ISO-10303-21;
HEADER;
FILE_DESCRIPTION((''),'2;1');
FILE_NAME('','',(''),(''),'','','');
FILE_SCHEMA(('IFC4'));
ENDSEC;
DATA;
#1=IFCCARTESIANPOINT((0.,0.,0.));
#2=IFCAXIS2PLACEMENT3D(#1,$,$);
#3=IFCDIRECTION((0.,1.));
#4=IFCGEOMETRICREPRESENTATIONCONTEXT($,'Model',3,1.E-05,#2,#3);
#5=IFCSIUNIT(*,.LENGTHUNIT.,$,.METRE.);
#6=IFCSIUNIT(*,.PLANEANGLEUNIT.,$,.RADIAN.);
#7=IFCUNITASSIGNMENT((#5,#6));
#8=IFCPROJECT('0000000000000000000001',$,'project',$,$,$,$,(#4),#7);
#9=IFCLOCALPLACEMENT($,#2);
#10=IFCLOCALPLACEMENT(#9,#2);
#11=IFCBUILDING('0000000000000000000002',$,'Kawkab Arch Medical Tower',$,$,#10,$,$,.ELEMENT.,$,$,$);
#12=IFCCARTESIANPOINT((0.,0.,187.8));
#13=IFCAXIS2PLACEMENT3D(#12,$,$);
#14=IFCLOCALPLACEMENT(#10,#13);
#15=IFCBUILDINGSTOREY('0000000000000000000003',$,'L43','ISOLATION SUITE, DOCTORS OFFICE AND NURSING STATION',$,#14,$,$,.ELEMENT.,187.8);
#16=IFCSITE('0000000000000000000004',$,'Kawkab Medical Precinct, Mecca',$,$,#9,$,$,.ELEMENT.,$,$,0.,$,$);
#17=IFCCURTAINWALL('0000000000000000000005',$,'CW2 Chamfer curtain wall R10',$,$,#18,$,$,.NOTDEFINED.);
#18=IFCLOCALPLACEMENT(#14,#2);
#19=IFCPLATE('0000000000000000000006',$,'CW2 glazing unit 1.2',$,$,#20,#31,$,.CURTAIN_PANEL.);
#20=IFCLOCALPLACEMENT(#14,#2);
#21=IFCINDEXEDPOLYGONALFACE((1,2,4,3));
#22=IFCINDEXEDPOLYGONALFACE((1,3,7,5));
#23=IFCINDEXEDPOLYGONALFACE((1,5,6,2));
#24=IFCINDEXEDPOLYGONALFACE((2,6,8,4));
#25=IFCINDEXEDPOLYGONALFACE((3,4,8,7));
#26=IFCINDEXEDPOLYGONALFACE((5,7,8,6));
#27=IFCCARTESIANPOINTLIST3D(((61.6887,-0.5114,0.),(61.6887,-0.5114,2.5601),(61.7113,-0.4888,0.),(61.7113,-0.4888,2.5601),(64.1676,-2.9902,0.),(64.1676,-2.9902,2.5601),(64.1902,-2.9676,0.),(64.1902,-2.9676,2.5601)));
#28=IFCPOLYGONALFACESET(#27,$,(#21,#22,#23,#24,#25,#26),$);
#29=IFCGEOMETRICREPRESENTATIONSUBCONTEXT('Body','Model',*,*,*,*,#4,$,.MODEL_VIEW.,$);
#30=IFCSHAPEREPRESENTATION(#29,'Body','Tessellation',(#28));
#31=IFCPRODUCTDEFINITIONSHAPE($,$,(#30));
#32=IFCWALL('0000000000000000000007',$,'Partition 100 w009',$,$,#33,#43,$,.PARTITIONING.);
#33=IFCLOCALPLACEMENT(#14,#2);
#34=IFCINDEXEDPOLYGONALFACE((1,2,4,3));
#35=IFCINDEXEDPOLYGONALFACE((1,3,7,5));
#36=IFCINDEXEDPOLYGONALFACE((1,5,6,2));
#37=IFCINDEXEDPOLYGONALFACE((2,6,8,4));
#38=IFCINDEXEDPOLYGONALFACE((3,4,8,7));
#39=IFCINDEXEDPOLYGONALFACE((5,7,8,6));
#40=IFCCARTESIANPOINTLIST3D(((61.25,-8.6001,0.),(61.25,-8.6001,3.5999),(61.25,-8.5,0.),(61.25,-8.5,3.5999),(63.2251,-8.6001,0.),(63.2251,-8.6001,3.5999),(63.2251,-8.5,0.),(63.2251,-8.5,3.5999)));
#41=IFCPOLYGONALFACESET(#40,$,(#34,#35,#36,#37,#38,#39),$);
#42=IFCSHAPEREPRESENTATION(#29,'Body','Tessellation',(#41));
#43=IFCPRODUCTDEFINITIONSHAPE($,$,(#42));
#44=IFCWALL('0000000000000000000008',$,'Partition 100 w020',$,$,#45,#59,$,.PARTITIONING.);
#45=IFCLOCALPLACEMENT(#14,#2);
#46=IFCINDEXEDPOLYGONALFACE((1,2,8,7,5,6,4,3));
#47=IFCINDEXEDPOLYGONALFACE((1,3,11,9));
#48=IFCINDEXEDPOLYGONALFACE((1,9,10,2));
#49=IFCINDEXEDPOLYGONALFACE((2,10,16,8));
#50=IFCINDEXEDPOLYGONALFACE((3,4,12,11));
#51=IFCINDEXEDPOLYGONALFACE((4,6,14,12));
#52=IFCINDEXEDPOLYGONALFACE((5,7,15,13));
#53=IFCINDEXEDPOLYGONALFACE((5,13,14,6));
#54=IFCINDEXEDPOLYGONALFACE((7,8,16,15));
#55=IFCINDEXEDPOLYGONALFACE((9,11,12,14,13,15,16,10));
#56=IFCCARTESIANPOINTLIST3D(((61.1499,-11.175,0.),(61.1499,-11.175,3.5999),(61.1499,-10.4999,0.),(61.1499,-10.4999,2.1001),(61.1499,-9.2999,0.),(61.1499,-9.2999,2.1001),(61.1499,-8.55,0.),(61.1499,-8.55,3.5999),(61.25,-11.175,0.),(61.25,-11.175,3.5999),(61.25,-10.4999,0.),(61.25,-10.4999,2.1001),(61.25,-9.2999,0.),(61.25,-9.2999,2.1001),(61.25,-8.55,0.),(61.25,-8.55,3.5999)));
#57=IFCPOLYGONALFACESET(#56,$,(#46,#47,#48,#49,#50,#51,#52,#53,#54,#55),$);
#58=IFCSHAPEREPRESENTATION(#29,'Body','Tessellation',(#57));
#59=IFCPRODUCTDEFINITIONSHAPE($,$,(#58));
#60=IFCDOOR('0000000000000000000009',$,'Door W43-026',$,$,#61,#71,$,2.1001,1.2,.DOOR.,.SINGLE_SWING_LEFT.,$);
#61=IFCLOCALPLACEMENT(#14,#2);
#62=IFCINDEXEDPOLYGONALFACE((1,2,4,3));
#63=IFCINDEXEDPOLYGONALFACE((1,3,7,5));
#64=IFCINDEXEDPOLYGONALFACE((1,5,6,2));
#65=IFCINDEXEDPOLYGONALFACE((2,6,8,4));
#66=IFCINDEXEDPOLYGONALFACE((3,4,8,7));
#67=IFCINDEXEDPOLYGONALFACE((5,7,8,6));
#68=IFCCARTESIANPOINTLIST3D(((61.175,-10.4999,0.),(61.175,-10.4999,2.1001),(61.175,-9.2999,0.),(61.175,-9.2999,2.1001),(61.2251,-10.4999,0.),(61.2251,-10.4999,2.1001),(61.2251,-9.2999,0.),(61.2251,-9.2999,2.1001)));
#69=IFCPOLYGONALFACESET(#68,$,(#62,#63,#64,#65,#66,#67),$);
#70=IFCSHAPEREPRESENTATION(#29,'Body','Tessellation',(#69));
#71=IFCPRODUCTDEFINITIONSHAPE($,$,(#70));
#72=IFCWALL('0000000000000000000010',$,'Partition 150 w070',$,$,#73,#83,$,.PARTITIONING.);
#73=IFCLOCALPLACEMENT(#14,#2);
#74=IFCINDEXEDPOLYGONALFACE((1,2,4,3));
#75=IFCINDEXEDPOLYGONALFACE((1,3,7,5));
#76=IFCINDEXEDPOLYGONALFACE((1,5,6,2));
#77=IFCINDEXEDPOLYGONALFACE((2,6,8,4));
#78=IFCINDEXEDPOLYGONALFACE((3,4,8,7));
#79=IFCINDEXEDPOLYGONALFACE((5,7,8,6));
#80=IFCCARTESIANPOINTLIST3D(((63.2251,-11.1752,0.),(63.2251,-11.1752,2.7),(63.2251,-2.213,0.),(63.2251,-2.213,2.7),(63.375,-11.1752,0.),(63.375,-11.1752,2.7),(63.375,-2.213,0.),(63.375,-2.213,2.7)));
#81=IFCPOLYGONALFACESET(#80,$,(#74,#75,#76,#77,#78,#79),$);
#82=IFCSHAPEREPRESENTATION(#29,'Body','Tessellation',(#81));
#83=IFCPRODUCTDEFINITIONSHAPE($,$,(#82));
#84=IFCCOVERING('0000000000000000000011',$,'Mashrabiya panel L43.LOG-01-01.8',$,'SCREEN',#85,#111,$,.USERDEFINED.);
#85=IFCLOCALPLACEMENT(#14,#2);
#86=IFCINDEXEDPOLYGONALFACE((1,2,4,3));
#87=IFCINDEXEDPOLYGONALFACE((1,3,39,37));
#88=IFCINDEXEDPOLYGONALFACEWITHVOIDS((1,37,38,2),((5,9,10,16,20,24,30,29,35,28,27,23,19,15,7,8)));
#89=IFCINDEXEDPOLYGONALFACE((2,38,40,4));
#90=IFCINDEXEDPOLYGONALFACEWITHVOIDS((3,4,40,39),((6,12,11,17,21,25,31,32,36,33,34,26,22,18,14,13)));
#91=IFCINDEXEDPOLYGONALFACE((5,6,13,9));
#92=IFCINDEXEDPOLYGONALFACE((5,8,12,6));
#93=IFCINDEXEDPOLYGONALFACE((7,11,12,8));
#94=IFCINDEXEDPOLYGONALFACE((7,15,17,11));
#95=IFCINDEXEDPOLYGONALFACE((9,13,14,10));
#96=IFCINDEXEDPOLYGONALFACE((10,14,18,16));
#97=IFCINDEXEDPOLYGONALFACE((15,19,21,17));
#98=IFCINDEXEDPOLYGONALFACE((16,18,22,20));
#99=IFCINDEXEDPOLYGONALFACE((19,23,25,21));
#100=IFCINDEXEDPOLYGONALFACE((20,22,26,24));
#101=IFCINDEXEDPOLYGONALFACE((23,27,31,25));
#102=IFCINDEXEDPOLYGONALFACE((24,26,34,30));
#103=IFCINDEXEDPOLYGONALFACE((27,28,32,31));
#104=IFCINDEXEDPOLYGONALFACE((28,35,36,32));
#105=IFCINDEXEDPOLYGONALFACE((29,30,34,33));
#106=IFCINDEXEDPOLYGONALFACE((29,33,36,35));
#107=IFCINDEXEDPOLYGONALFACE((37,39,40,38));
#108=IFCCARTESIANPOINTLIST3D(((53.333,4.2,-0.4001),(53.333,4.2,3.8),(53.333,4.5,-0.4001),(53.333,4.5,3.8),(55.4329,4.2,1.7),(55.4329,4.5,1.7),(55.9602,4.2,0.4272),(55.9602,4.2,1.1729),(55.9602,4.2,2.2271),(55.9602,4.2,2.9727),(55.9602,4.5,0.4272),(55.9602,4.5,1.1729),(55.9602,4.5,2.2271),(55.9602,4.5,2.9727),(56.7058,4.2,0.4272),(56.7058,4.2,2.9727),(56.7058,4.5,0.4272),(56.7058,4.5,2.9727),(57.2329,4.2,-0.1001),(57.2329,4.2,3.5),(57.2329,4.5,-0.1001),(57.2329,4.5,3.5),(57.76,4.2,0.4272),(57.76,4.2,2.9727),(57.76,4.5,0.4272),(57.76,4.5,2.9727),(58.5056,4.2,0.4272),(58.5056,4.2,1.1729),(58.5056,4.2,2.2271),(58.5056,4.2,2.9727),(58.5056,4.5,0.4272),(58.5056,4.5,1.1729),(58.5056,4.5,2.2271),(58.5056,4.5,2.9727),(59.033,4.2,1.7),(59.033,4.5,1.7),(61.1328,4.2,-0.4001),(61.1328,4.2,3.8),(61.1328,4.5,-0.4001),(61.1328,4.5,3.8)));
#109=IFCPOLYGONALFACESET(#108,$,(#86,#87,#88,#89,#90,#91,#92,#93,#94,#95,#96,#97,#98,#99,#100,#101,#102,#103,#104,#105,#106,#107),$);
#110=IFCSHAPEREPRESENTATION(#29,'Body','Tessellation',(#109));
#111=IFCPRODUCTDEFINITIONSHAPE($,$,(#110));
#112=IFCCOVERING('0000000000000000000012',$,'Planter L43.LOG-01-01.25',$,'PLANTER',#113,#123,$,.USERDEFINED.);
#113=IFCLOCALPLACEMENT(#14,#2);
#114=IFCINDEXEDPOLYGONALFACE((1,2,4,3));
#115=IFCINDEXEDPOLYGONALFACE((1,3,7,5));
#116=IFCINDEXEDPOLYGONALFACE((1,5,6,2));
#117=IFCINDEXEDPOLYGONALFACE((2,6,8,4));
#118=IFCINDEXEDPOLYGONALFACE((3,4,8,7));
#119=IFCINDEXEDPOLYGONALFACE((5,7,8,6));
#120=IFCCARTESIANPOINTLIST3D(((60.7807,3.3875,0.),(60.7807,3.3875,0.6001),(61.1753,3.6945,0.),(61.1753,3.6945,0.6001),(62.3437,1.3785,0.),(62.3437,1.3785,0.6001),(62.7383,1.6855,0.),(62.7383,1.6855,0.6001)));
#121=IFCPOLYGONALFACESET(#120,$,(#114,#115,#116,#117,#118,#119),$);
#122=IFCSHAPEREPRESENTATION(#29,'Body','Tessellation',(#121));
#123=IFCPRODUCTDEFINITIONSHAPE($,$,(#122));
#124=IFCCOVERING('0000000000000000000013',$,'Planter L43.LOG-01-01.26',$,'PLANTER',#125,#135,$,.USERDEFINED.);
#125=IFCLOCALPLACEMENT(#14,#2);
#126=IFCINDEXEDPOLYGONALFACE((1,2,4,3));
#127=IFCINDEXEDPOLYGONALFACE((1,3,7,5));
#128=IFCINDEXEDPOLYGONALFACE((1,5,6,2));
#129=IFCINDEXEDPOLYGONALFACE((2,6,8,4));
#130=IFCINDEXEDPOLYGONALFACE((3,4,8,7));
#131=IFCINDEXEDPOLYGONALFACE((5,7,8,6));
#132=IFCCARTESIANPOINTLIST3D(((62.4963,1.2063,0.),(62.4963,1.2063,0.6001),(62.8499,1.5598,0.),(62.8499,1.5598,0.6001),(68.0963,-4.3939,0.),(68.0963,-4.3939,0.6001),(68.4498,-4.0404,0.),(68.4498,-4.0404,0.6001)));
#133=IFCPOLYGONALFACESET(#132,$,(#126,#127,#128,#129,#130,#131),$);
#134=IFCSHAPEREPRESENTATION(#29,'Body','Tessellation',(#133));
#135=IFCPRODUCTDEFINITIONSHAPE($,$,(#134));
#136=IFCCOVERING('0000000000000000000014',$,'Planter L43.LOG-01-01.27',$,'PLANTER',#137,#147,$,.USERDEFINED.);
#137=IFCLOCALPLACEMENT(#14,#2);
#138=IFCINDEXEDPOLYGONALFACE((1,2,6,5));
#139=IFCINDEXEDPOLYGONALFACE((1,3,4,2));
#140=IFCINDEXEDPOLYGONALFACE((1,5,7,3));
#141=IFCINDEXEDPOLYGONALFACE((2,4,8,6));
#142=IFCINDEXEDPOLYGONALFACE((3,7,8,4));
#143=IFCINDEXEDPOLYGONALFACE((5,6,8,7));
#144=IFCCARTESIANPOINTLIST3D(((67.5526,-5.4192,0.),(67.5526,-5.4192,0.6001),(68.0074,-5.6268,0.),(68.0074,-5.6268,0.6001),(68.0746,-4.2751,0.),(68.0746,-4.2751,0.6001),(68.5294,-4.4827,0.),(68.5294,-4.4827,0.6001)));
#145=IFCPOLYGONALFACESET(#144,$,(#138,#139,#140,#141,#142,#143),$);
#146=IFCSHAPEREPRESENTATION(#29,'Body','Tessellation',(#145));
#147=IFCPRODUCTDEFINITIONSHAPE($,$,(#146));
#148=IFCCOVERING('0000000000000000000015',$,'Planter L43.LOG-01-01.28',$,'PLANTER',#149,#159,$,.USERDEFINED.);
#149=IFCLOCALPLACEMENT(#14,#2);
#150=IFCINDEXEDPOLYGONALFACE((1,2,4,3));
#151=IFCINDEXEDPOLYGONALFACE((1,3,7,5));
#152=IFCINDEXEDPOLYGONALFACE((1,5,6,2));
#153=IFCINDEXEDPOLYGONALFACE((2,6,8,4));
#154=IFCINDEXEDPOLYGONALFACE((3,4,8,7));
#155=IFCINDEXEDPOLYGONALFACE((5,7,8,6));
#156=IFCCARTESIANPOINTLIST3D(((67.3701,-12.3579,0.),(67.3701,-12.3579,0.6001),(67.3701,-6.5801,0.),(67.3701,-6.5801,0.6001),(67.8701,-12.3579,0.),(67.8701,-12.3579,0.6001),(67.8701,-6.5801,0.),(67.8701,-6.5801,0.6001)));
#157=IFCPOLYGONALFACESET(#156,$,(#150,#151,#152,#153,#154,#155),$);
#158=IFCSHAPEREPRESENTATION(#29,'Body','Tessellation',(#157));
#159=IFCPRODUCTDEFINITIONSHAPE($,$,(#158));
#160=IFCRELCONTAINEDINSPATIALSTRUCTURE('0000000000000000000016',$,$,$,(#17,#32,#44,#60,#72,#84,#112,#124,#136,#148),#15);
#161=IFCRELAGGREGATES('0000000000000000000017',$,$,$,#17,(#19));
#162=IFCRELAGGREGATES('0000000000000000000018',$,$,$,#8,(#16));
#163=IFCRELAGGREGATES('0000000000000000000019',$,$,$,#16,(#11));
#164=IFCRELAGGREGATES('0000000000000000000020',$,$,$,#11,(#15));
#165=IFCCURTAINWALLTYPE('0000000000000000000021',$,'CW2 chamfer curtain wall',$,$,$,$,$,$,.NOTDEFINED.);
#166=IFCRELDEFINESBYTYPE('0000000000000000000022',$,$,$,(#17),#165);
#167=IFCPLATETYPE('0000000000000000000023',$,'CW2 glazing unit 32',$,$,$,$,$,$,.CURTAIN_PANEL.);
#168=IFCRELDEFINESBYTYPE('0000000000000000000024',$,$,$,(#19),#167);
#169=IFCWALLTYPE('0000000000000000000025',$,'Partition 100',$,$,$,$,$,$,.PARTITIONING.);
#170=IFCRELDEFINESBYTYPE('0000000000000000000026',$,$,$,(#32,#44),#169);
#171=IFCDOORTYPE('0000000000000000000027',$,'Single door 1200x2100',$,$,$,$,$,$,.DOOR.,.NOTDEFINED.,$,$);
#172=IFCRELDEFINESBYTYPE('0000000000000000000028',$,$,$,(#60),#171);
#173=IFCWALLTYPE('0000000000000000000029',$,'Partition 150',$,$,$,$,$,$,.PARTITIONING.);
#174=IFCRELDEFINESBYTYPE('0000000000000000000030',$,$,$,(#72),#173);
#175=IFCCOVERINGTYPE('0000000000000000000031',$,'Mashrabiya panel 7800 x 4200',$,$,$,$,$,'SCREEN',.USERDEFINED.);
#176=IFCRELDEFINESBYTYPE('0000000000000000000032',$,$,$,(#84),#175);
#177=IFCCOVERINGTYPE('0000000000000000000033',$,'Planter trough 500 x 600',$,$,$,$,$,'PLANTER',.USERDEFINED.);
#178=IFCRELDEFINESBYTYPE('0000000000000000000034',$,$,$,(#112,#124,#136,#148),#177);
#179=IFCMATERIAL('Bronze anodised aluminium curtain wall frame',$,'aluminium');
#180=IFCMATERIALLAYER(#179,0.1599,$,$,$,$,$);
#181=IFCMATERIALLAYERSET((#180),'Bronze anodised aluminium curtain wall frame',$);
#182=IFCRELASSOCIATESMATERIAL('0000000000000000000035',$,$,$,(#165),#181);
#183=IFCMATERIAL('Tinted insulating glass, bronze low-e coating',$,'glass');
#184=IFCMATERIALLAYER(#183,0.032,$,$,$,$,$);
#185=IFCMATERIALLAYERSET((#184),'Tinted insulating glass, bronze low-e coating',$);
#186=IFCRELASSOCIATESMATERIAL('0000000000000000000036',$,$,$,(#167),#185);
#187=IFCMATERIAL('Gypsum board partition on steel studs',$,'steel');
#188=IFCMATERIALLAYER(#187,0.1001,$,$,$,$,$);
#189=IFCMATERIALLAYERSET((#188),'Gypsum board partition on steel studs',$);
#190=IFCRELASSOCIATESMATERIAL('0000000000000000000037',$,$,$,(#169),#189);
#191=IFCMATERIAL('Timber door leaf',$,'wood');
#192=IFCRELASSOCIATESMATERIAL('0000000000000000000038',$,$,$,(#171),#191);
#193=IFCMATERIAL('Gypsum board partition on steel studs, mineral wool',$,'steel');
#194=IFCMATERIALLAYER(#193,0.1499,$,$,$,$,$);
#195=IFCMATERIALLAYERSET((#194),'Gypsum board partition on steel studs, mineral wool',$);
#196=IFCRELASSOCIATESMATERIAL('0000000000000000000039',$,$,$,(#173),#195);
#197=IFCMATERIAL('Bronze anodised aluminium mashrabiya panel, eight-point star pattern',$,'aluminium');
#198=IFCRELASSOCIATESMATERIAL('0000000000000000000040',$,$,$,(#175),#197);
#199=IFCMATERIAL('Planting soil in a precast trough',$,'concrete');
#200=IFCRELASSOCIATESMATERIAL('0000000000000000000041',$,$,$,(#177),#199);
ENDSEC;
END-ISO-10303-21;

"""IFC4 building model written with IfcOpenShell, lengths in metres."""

from ifc_helpers import new_model, si_unit, direction, frame, frame_2d, origin, origin_2d, place, context, subcontext, project, spatial, polyline, rectangle, outline, extrude, material, layer, layer_set, material_profile, profile_set, type_object, element, fill, aggregate, save


model = new_model("IFC4")

# Units and contexts
model_context = context("Model", 3, precision=1e-05, world=origin(), true_north=direction((0.0, 1.0)))
body_context = subcontext(model_context, "Body", "Model", "MODEL_VIEW")
ifc_project = project(units=[si_unit("LENGTHUNIT", "METRE"), si_unit("PLANEANGLEUNIT", "RADIAN")], contexts=[model_context])

# Site, building, storey
site_placement = place(None, origin())
site = spatial("IfcSite", under=ifc_project, at=site_placement, Name="Kawkab Medical Precinct, Mecca", CompositionType="ELEMENT", RefElevation=0.0)
building_placement = place(site_placement, origin())
building = spatial("IfcBuilding", under=site, at=building_placement, Name="Kawkab Arch Medical Tower", CompositionType="ELEMENT")
storey_placement = place(building_placement, frame((0.0, 0.0, 187.8)))
storey = spatial("IfcBuildingStorey", under=building, at=storey_placement, Name="L43", Description="ISOLATION SUITE, DOCTORS OFFICE AND NURSING STATION", CompositionType="ELEMENT", Elevation=187.8)

# Shared definitions
placement = place(storey_placement, origin())

# Curtain wall
ifc_material_1 = material(Name="Bronze anodised aluminium curtain wall frame", Category="aluminium")
ifc_layer_1 = layer(ifc_material_1, 0.1599)
ifc_layer_set_1 = layer_set([ifc_layer_1], Name="Bronze anodised aluminium curtain wall frame")
curtain_wall_type_1 = type_object("IfcCurtainWallType", Name="CW2 chamfer curtain wall", PredefinedType="NOTDEFINED", material=ifc_layer_set_1)
curtain_wall_1 = element("IfcCurtainWall", 1, at=placement, inside=storey, type_object=curtain_wall_type_1, Name="CW2 Chamfer curtain wall R10", PredefinedType="NOTDEFINED")

# Plate
ifc_material_2 = material(Name="Tinted insulating glass, bronze low-e coating", Category="glass")
ifc_layer_2 = layer(ifc_material_2, 0.032)
ifc_layer_set_2 = layer_set([ifc_layer_2], Name="Tinted insulating glass, bronze low-e coating")
plate_type_1 = type_object("IfcPlateType", Name="CW2 glazing unit 32", PredefinedType="CURTAIN_PANEL", material=ifc_layer_set_2)
plate_1_placement = place(storey_placement, frame((62.9395, -1.7395, 0.0), z_axis=(0.0, 0.0, 1.0), x_axis=(-0.707107, 0.707107, 0.0)))
plate_1 = element("IfcPlate", 2, at=plate_1_placement, type_object=plate_type_1, Name="CW2 glazing unit 1.2", PredefinedType="CURTAIN_PANEL", context=body_context, shape_type="SweptSolid", body=[
    extrude(rectangle(XDim=3.5056, YDim=0.032, at=origin_2d()), origin(), (0.0, 0.0, 1.0), 2.5601),
])
aggregate(curtain_wall_1, [plate_1])

# Wall
ifc_material_3 = material(Name="Gypsum board partition on steel studs", Category="steel")
ifc_layer_3 = layer(ifc_material_3, 0.1001)
ifc_layer_set_3 = layer_set([ifc_layer_3], Name="Gypsum board partition on steel studs")
wall_type_1 = type_object("IfcWallType", Name="Partition 100", PredefinedType="PARTITIONING", material=ifc_layer_set_3)
wall_1_placement = place(storey_placement, frame((61.25, -8.55, 0.0), z_axis=(0.0, 0.0, 1.0), x_axis=(1.0, 0.0, 0.0)))
element("IfcWall", 3, at=wall_1_placement, inside=storey, type_object=wall_type_1, Name="Partition 100 w009", PredefinedType="PARTITIONING", context=body_context, shape_type="SweptSolid", body=[
    extrude(rectangle(XDim=1.9751, YDim=0.1001, at=frame_2d((0.9875, 0.0))), origin(), (0.0, 0.0, 1.0), 3.5999),
])

# Wall, opening, door
wall_2_placement = place(storey_placement, frame((61.2, -11.175, 0.0), z_axis=(0.0, 0.0, 1.0), x_axis=(0.0, 1.0, 0.0)))
wall_2 = element("IfcWall", 4, at=wall_2_placement, inside=storey, type_object=wall_type_1, Name="Partition 100 w020", PredefinedType="PARTITIONING", context=body_context, shape_type="SweptSolid", body=[
    extrude(rectangle(XDim=2.625, YDim=0.1001, at=frame_2d((1.3125, 0.0))), origin(), (0.0, 0.0, 1.0), 3.5999),
])
opening_placement = place(wall_2_placement, frame((0.675, 0.0, 0.0)))
opening = element("IfcOpeningElement", 5, at=opening_placement, cuts=wall_2, PredefinedType="OPENING", context=body_context, shape_type="SweptSolid", body=[
    extrude(rectangle(XDim=1.2, YDim=2.1001, at=frame_2d((0.6001, 1.05))), frame((0.0, 0.0601, 0.0), z_axis=(0.0, -1.0, 0.0), x_axis=(1.0, 0.0, 0.0)), (0.0, 0.0, 1.0), 0.1201),
])
ifc_material_4 = material(Name="Timber door leaf", Category="wood")
door_type = type_object("IfcDoorType", Name="Single door 1200x2100", OperationType="NOTDEFINED", PredefinedType="DOOR", material=ifc_material_4)
door_placement = place(opening_placement, origin())
door = element("IfcDoor", 6, at=door_placement, inside=storey, type_object=door_type, Name="Door W43-026", OperationType="SINGLE_SWING_LEFT", OverallHeight=2.1001, OverallWidth=1.2, PredefinedType="DOOR", context=body_context, shape_type="SweptSolid", body=[
    extrude(rectangle(XDim=1.2, YDim=2.1001, at=frame_2d((0.6001, 1.05))), frame((0.0, 0.0249, 0.0), z_axis=(0.0, -1.0, 0.0), x_axis=(1.0, 0.0, 0.0)), (0.0, 0.0, 1.0), 0.05),
])
fill(opening, door)

# Wall
ifc_material_5 = material(Name="Gypsum board partition on steel studs, mineral wool", Category="steel")
ifc_layer_4 = layer(ifc_material_5, 0.1499)
ifc_layer_set_4 = layer_set([ifc_layer_4], Name="Gypsum board partition on steel studs, mineral wool")
wall_type_2 = type_object("IfcWallType", Name="Partition 150", PredefinedType="PARTITIONING", material=ifc_layer_set_4)
wall_3_placement = place(storey_placement, frame((63.3, -11.175, 0.0), z_axis=(0.0, 0.0, 1.0), x_axis=(0.0, 1.0, 0.0)))
element("IfcWall", 7, at=wall_3_placement, inside=storey, type_object=wall_type_2, Name="Partition 150 w070", PredefinedType="PARTITIONING", context=body_context, shape_type="SweptSolid", body=[
    extrude(rectangle(XDim=8.9622, YDim=0.1499, at=frame_2d((4.481, 0.0))), origin(), (0.0, 0.0, 1.0), 2.7),
])

# Coverings
ifc_material_6 = material(Name="Bronze anodised aluminium mashrabiya panel, eight-point star pattern", Category="aluminium")
ifc_material_profile_1 = material_profile(ifc_material_6, outline(polyline([(-3.8999, -2.1001), (3.8999, -2.1001), (3.8999, 2.1001), (-3.8999, 2.1001), (-3.8999, -2.1001)]), holes=[polyline([(1.8, 0.0), (1.2727, 0.5271), (1.2727, 1.2727), (0.5271, 1.2727), (0.0, 1.8), (-0.5271, 1.2727), (-1.2727, 1.2727), (-1.2727, 0.5271), (-1.8, 0.0), (-1.2727, -0.5271), (-1.2727, -1.2727), (-0.5271, -1.2727), (0.0, -1.8), (0.5271, -1.2727), (1.2727, -1.2727), (1.2727, -0.5271), (1.8, 0.0)])]), Name="Mashrabiya panel 7800x4200")
ifc_profile_set_1 = profile_set([ifc_material_profile_1], Name="Bronze anodised aluminium mashrabiya panel, eight-point star pattern")
covering_type_1 = type_object("IfcCoveringType", Name="Mashrabiya panel 7800 x 4200", ElementType="SCREEN", PredefinedType="USERDEFINED", material=ifc_profile_set_1)
covering_1_placement = place(storey_placement, frame((57.2329, 4.2, 1.7), z_axis=(0.0, 1.0, 0.0), x_axis=(-1.0, 0.0, 0.0)))
element("IfcCovering", 8, at=covering_1_placement, inside=storey, type_object=covering_type_1, Name="Mashrabiya panel L43.LOG-01-01.8", ObjectType="SCREEN", PredefinedType="USERDEFINED", context=body_context, shape_type="SweptSolid", body=[
    extrude(outline(polyline([(-3.8999, -2.1001), (3.8999, -2.1001), (3.8999, 2.1001), (-3.8999, 2.1001), (-3.8999, -2.1001)]), holes=[polyline([(1.8, 0.0), (1.2727, 0.5271), (1.2727, 1.2727), (0.5271, 1.2727), (0.0, 1.8), (-0.5271, 1.2727), (-1.2727, 1.2727), (-1.2727, 0.5271), (-1.8, 0.0), (-1.2727, -0.5271), (-1.2727, -1.2727), (-0.5271, -1.2727), (0.0, -1.8), (0.5271, -1.2727), (1.2727, -1.2727), (1.2727, -0.5271), (1.8, 0.0)])]), origin(), (0.0, 0.0, 1.0), 0.3),
])
ifc_material_7 = material(Name="Planting soil in a precast trough", Category="concrete")
ifc_material_profile_2 = material_profile(ifc_material_7, rectangle(XDim=0.5, YDim=0.6001, at=origin_2d()), Name="Trough 500x600")
ifc_profile_set_2 = profile_set([ifc_material_profile_2], Name="Planting soil in a precast trough")
covering_type_2 = type_object("IfcCoveringType", Name="Planter trough 500 x 600", ElementType="PLANTER", PredefinedType="USERDEFINED", material=ifc_profile_set_2)
covering_2_placement = place(storey_placement, frame((60.978, 3.541, 0.3), z_axis=(0.61404, -0.789275, 0.0), x_axis=(0.789275, 0.61404, 0.0)))
element("IfcCovering", 9, at=covering_2_placement, inside=storey, type_object=covering_type_2, Name="Planter L43.LOG-01-01.25", ObjectType="PLANTER", PredefinedType="USERDEFINED", context=body_context, shape_type="SweptSolid", body=[
    extrude(rectangle(XDim=0.5, YDim=0.6001, at=origin_2d()), origin(), (0.0, 0.0, 1.0), 2.5454),
])
covering_3_placement = place(storey_placement, frame((62.6731, 1.3831, 0.3), z_axis=(0.707091, -0.707122, 0.0), x_axis=(0.707122, 0.707091, 0.0)))
element("IfcCovering", 10, at=covering_3_placement, inside=storey, type_object=covering_type_2, Name="Planter L43.LOG-01-01.26", ObjectType="PLANTER", PredefinedType="USERDEFINED", context=body_context, shape_type="SweptSolid", body=[
    extrude(rectangle(XDim=0.5, YDim=0.6001, at=origin_2d()), origin(), (0.0, 0.0, 1.0), 7.9197),
])
covering_4_placement = place(storey_placement, frame((68.302, -4.3789, 0.3), z_axis=(-0.41509, -0.90978, 0.0), x_axis=(0.90978, -0.41509, 0.0)))
element("IfcCovering", 11, at=covering_4_placement, inside=storey, type_object=covering_type_2, Name="Planter L43.LOG-01-01.27", ObjectType="PLANTER", PredefinedType="USERDEFINED", context=body_context, shape_type="SweptSolid", body=[
    extrude(rectangle(XDim=0.5, YDim=0.6001, at=origin_2d()), origin(), (0.0, 0.0, 1.0), 1.2576),
])
covering_5_placement = place(storey_placement, frame((67.6201, -6.5801, 0.3), z_axis=(0.0, -1.0, 0.0), x_axis=(1.0, 0.0, 0.0)))
element("IfcCovering", 12, at=covering_5_placement, inside=storey, type_object=covering_type_2, Name="Planter L43.LOG-01-01.28", ObjectType="PLANTER", PredefinedType="USERDEFINED", context=body_context, shape_type="SweptSolid", body=[
    extrude(rectangle(XDim=0.5, YDim=0.6001, at=origin_2d()), origin(), (0.0, 0.0, 1.0), 5.7778),
])

save(model, "model.ifc")
